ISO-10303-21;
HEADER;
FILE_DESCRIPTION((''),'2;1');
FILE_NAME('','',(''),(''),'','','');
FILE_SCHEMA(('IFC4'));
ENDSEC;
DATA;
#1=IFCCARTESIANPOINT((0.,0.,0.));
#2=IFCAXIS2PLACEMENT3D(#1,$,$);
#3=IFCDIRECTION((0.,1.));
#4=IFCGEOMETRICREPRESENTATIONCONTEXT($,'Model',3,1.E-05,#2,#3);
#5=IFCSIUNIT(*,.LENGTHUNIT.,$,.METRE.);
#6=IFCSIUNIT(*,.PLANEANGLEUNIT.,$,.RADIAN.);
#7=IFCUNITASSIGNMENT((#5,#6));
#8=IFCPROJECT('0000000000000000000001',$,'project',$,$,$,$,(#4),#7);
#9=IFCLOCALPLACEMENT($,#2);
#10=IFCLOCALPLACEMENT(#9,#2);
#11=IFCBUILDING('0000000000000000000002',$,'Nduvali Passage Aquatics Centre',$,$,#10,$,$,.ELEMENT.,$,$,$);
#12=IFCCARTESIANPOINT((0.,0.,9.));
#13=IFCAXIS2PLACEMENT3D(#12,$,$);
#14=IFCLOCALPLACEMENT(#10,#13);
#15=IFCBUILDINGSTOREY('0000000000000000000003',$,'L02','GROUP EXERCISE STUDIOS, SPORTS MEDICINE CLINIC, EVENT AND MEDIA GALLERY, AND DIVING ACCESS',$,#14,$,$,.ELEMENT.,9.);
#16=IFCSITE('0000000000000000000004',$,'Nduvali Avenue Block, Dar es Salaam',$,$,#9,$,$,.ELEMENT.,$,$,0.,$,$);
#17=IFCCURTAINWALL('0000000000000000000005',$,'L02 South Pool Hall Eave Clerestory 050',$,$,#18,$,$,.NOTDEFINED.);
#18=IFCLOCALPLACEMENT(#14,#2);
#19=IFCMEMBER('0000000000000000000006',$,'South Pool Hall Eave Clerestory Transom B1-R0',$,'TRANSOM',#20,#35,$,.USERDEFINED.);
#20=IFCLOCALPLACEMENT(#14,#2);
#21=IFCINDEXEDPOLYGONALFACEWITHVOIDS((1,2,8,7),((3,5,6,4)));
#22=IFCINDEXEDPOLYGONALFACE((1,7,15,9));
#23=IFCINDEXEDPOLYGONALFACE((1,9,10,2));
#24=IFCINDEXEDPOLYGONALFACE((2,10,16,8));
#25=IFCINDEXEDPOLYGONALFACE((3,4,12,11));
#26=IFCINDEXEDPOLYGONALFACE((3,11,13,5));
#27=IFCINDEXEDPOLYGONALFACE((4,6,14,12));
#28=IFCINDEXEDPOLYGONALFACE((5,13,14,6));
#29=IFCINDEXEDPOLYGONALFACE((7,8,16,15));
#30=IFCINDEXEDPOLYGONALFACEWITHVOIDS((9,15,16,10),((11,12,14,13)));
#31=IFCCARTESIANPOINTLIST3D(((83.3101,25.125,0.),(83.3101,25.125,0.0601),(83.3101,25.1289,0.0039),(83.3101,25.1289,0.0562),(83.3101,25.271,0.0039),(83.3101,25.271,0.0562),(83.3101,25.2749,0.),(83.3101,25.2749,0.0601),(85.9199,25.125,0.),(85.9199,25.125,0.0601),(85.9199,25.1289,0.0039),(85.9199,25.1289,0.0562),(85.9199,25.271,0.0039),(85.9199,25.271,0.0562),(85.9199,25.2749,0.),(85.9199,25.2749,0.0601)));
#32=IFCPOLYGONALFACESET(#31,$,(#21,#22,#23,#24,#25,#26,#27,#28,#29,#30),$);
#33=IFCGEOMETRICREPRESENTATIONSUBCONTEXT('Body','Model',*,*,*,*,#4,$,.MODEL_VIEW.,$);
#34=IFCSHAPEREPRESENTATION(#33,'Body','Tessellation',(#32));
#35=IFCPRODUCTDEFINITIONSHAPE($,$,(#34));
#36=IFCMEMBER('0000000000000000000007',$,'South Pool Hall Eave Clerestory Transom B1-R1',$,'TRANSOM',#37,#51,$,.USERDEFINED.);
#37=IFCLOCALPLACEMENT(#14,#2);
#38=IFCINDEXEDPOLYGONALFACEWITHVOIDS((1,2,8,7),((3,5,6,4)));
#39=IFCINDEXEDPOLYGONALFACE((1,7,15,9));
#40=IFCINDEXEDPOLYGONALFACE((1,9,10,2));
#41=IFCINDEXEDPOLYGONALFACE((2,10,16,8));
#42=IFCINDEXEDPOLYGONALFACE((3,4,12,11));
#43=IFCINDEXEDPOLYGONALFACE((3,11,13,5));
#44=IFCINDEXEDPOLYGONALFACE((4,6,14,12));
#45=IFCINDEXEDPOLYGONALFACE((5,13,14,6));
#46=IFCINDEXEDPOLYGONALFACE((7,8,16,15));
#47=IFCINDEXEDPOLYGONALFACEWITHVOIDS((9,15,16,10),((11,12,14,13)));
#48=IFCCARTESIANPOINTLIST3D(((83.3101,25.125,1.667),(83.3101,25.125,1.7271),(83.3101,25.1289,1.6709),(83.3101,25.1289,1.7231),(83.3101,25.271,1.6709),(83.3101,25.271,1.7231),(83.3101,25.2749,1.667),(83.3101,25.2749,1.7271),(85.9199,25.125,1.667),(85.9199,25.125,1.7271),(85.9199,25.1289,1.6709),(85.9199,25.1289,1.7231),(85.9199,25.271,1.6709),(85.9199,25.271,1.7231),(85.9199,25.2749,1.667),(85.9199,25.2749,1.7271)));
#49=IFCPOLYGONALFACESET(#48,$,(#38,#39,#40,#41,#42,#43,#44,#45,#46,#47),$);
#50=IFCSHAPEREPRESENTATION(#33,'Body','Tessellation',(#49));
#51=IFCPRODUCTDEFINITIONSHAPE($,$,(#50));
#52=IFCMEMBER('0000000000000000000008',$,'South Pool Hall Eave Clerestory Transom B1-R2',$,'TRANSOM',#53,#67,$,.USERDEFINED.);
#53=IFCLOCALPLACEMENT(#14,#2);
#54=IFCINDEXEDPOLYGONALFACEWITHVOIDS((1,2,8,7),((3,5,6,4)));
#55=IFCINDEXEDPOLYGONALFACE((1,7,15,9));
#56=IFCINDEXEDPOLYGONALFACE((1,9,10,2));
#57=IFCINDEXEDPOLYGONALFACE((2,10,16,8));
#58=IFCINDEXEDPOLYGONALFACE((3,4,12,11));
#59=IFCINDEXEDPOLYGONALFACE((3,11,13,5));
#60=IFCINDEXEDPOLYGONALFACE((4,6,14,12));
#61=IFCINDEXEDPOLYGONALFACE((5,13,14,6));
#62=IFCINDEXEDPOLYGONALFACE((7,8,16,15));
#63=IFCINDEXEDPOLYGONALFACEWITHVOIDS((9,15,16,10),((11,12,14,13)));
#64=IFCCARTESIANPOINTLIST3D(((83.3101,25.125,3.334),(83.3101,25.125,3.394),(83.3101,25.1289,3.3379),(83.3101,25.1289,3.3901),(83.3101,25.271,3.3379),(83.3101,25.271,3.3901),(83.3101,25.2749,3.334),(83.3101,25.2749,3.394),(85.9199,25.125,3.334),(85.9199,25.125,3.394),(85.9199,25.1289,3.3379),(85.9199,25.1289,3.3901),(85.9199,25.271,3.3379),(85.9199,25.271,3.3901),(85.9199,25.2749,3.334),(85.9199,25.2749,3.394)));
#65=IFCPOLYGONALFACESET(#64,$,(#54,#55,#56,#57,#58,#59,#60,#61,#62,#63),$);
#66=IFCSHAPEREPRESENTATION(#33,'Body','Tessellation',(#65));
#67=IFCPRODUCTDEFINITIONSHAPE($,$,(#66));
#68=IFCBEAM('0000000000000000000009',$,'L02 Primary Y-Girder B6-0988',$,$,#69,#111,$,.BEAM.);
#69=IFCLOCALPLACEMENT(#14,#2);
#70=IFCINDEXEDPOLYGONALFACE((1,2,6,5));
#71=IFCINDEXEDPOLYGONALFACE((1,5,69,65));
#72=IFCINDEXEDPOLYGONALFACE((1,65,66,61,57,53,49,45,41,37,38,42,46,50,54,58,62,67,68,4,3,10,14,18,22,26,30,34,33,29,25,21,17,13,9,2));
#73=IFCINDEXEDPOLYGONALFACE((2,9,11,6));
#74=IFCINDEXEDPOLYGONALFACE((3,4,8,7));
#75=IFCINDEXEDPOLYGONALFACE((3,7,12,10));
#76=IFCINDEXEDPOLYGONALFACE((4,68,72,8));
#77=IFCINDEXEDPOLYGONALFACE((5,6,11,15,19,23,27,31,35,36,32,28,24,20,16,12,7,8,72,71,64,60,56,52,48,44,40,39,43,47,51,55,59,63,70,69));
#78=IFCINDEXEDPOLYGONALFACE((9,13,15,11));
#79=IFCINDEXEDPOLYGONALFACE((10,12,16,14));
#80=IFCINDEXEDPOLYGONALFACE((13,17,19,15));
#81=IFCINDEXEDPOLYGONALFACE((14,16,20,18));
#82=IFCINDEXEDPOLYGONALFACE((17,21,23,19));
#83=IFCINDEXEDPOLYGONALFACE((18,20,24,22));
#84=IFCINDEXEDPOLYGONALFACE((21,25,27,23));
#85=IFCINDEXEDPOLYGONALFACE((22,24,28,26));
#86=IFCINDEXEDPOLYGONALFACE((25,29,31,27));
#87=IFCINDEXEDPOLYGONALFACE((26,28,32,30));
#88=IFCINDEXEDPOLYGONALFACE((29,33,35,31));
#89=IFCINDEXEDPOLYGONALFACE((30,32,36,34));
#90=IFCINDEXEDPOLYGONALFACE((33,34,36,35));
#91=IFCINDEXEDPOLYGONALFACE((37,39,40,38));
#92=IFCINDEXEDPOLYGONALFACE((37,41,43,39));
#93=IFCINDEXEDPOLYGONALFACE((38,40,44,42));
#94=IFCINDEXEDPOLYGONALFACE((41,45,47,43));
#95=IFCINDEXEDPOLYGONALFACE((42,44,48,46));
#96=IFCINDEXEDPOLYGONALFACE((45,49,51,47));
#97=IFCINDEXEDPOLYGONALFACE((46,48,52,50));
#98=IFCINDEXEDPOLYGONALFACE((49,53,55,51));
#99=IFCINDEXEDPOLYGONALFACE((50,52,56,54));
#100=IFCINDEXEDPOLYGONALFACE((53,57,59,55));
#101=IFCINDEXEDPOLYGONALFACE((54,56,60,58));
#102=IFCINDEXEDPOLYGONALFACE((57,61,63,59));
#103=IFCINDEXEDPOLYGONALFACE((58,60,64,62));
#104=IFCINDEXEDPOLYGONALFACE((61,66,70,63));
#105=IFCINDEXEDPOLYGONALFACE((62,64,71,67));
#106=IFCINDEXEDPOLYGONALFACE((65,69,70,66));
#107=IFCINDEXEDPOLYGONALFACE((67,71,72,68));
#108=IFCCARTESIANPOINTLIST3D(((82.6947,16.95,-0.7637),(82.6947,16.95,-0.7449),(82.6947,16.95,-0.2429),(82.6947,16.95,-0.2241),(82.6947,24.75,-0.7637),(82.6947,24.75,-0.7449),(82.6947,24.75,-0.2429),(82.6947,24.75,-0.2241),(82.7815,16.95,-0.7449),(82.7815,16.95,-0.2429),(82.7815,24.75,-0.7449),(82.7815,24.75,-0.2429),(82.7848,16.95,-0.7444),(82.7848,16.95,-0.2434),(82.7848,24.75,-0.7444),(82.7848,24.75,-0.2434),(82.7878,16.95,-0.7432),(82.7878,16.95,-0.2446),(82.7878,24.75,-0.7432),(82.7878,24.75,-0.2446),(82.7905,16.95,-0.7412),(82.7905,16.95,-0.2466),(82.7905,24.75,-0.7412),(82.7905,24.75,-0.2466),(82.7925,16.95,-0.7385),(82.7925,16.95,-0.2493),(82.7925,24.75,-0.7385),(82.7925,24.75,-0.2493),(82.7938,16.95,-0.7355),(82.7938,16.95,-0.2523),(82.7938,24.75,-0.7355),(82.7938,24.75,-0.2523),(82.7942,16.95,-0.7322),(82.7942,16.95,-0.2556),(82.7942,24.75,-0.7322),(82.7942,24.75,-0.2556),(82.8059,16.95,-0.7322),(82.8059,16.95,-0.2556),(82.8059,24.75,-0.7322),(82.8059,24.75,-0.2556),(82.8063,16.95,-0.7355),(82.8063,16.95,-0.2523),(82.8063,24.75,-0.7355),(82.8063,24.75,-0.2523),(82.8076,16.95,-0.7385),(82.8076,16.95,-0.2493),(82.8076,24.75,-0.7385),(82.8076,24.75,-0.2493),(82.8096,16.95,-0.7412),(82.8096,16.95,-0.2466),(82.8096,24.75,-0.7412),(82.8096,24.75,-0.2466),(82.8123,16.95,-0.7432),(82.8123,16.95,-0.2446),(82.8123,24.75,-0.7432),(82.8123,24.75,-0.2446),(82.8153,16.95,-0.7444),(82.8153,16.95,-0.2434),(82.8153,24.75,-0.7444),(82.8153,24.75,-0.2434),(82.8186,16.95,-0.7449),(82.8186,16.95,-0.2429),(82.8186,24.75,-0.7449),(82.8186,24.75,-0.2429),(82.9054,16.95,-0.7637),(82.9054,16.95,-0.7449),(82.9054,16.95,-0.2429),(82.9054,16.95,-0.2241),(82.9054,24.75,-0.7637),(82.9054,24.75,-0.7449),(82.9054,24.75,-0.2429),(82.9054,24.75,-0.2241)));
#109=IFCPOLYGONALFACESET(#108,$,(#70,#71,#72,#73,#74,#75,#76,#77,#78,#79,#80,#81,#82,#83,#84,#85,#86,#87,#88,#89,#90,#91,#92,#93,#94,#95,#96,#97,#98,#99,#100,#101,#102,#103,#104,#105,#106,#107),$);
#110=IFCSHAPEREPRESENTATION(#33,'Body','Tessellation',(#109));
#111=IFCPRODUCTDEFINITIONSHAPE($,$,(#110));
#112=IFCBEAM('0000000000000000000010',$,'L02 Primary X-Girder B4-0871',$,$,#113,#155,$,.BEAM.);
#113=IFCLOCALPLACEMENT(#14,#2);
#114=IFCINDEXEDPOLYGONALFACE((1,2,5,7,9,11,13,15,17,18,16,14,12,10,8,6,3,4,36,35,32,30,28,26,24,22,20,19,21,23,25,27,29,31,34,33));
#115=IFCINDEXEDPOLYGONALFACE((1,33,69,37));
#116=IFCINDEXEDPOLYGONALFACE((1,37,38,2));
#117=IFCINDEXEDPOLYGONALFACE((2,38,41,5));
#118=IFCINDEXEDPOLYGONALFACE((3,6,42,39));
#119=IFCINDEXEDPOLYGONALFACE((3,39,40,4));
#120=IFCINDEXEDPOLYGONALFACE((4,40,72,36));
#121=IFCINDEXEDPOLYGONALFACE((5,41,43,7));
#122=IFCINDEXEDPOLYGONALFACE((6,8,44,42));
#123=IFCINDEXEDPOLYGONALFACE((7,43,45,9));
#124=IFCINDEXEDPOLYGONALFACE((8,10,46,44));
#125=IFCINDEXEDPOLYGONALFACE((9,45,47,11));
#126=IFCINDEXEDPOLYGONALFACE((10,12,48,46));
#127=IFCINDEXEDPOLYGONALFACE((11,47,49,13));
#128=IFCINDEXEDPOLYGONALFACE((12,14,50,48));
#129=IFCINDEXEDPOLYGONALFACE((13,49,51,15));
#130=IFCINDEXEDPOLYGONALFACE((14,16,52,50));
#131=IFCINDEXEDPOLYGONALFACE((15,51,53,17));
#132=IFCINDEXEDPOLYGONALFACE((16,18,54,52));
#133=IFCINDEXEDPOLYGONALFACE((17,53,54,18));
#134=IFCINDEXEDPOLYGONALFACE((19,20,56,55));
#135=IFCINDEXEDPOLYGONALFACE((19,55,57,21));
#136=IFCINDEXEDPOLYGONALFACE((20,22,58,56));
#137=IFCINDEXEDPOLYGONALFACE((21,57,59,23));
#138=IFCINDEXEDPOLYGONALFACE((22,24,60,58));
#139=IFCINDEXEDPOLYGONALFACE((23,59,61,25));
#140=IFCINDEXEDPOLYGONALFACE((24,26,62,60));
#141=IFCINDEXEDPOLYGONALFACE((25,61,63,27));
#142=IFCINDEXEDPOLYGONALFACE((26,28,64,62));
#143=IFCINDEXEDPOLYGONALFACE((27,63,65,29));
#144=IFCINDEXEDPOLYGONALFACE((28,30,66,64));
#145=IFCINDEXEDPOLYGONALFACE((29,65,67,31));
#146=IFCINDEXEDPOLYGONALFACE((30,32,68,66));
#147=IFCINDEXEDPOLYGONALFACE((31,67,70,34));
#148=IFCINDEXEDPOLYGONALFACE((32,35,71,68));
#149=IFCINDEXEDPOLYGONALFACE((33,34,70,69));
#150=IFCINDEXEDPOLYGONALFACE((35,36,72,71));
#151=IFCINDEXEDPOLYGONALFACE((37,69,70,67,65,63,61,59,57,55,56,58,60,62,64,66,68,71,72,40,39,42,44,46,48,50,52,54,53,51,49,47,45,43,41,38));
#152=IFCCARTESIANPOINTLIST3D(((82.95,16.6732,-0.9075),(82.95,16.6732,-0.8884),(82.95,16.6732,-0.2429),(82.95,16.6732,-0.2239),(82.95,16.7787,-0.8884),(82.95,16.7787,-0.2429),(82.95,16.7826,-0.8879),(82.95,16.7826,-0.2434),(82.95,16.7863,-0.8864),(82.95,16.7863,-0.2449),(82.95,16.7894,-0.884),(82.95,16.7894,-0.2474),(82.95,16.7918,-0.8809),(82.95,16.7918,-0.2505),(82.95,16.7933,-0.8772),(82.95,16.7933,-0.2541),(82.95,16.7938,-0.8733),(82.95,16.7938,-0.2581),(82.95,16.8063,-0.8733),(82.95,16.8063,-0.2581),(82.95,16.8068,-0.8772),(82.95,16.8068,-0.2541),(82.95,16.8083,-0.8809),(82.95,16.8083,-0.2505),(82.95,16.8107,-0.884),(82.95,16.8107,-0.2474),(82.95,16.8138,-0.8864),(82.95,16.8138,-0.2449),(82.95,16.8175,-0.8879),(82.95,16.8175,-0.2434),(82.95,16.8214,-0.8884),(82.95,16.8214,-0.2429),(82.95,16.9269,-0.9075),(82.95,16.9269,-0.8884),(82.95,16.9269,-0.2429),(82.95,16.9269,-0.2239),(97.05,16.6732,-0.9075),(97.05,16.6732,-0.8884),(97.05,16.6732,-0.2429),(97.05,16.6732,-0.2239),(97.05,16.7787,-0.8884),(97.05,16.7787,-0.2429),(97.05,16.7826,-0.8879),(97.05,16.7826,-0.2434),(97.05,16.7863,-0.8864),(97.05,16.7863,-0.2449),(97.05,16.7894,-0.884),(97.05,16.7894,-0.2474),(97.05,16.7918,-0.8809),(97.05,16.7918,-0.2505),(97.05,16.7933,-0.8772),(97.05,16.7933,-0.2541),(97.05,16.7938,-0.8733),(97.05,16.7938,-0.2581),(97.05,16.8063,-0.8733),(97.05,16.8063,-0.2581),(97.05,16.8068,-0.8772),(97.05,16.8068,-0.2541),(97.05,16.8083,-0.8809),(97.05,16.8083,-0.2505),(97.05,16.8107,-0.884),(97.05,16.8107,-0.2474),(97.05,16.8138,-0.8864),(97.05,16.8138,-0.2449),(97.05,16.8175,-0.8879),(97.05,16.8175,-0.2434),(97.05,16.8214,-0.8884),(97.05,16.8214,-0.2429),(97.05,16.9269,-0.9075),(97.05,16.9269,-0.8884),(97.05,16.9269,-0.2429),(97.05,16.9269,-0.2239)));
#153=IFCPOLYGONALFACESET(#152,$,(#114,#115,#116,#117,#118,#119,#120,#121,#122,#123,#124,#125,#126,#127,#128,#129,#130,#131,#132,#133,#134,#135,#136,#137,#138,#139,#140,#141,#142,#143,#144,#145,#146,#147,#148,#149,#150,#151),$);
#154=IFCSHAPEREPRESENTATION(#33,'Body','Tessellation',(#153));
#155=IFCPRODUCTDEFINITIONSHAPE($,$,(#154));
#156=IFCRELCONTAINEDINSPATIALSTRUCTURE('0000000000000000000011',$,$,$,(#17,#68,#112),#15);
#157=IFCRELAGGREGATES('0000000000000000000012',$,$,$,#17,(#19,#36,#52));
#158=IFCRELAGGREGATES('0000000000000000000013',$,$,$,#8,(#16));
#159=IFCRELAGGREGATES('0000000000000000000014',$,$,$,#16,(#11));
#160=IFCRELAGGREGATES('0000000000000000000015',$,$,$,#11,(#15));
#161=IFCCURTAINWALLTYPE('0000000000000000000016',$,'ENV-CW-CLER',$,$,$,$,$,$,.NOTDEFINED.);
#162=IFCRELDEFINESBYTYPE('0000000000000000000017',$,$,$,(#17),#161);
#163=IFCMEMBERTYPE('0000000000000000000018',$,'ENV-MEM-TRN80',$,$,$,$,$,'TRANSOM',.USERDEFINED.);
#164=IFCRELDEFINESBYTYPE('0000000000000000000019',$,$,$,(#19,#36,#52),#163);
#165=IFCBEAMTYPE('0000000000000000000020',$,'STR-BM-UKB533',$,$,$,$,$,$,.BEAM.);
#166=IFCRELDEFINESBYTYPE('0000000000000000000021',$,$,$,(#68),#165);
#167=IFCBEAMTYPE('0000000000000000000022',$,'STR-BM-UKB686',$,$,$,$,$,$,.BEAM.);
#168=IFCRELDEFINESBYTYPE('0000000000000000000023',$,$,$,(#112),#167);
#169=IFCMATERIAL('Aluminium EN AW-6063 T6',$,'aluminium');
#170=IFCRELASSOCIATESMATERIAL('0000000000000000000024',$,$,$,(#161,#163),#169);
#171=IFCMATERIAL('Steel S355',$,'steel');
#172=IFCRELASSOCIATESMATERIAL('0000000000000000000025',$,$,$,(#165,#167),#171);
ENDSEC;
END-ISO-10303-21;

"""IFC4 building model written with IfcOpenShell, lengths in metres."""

from ifc_helpers import new_model, si_unit, direction, frame, origin, origin_2d, place, context, subcontext, project, spatial, hollow_rectangle, i_section, extrude, material, material_profile, profile_set, type_object, element, aggregate, save


model = new_model("IFC4")

# Units and contexts
model_context = context("Model", 3, precision=1e-05, world=origin(), true_north=direction((0.0, 1.0)))
body_context = subcontext(model_context, "Body", "Model", "MODEL_VIEW")
ifc_project = project(units=[si_unit("LENGTHUNIT", "METRE"), si_unit("PLANEANGLEUNIT", "RADIAN")], contexts=[model_context])

# Site, building, storey
site_placement = place(None, origin())
site = spatial("IfcSite", under=ifc_project, at=site_placement, Name="Nduvali Avenue Block, Dar es Salaam", CompositionType="ELEMENT", RefElevation=0.0)
building_placement = place(site_placement, origin())
building = spatial("IfcBuilding", under=site, at=building_placement, Name="Nduvali Passage Aquatics Centre", CompositionType="ELEMENT")
storey_placement = place(building_placement, frame((0.0, 0.0, 9.0)))
storey = spatial("IfcBuildingStorey", under=building, at=storey_placement, Name="L02", Description="GROUP EXERCISE STUDIOS, SPORTS MEDICINE CLINIC, EVENT AND MEDIA GALLERY, AND DIVING ACCESS", CompositionType="ELEMENT", Elevation=9.0)

# Shared definitions
ifc_material_1 = material(Name="Aluminium EN AW-6063 T6", Category="aluminium")
curtain_wall_type = type_object("IfcCurtainWallType", Name="ENV-CW-CLER", PredefinedType="NOTDEFINED", material=ifc_material_1)

# Curtain wall
curtain_wall_1_placement = place(storey_placement, origin())
curtain_wall_1 = element("IfcCurtainWall", 1, at=curtain_wall_1_placement, inside=storey, type_object=curtain_wall_type, Name="L02 South Pool Hall Eave Clerestory 050", PredefinedType="NOTDEFINED")

# Members
ifc_material_profile_1 = material_profile(ifc_material_1, hollow_rectangle(XDim=0.1499, YDim=0.0601, WallThickness=0.0039, at=origin_2d()), Name="ALU TRANSOM 150x60x4")
ifc_profile_set_1 = profile_set([ifc_material_profile_1], Name="Aluminium EN AW-6063 T6")
member_type_1 = type_object("IfcMemberType", Name="ENV-MEM-TRN80", ElementType="TRANSOM", PredefinedType="USERDEFINED", material=ifc_profile_set_1)
member_1_placement = place(storey_placement, frame((83.3101, 25.2, 0.03), z_axis=(1.0, 0.0, 0.0), x_axis=(0.0, 1.0, 0.0)))
member_1 = element("IfcMember", 2, at=member_1_placement, type_object=member_type_1, Name="South Pool Hall Eave Clerestory Transom B1-R0", ObjectType="TRANSOM", PredefinedType="USERDEFINED", context=body_context, shape_type="SweptSolid", body=[
    extrude(hollow_rectangle(XDim=0.1499, YDim=0.0601, WallThickness=0.0039, at=origin_2d()), origin(), (0.0, 0.0, 1.0), 2.6099),
])
member_2_placement = place(storey_placement, frame((83.3101, 25.2, 1.697), z_axis=(1.0, 0.0, 0.0), x_axis=(0.0, 1.0, 0.0)))
member_2 = element("IfcMember", 3, at=member_2_placement, type_object=member_type_1, Name="South Pool Hall Eave Clerestory Transom B1-R1", ObjectType="TRANSOM", PredefinedType="USERDEFINED", context=body_context, shape_type="SweptSolid", body=[
    extrude(hollow_rectangle(XDim=0.1499, YDim=0.0601, WallThickness=0.0039, at=origin_2d()), origin(), (0.0, 0.0, 1.0), 2.6099),
])
member_3_placement = place(storey_placement, frame((83.3101, 25.2, 3.364), z_axis=(1.0, 0.0, 0.0), x_axis=(0.0, 1.0, 0.0)))
member_3 = element("IfcMember", 4, at=member_3_placement, type_object=member_type_1, Name="South Pool Hall Eave Clerestory Transom B1-R2", ObjectType="TRANSOM", PredefinedType="USERDEFINED", context=body_context, shape_type="SweptSolid", body=[
    extrude(hollow_rectangle(XDim=0.1499, YDim=0.0601, WallThickness=0.0039, at=origin_2d()), origin(), (0.0, 0.0, 1.0), 2.6099),
])

# Beams
ifc_material_2 = material(Name="Steel S355", Category="steel")
ifc_material_profile_2 = material_profile(ifc_material_2, i_section(OverallWidth=0.2107, OverallDepth=0.5396, WebThickness=0.0117, FlangeThickness=0.0188, FilletRadius=0.0127, at=origin_2d()), Name="UKB 533x210x109")
ifc_profile_set_2 = profile_set([ifc_material_profile_2], Name="Steel S355")
beam_type_1 = type_object("IfcBeamType", Name="STR-BM-UKB533", PredefinedType="BEAM", material=ifc_profile_set_2)
beam_1_placement = place(storey_placement, frame((82.8, 16.95, -0.4939), z_axis=(0.0, 1.0, 0.0), x_axis=(-1.0, 0.0, 0.0)))
element("IfcBeam", 5, at=beam_1_placement, inside=storey, type_object=beam_type_1, Name="L02 Primary Y-Girder B6-0988", PredefinedType="BEAM", context=body_context, shape_type="SweptSolid", body=[
    extrude(i_section(OverallWidth=0.2107, OverallDepth=0.5396, WebThickness=0.0117, FlangeThickness=0.0188, FilletRadius=0.0127, at=origin_2d()), origin(), (0.0, 0.0, 1.0), 7.8),
])
ifc_material_profile_3 = material_profile(ifc_material_2, i_section(OverallWidth=0.2537, OverallDepth=0.6836, WebThickness=0.0125, FlangeThickness=0.019, FilletRadius=0.0151, at=origin_2d()), Name="UKB 686x254x140")
ifc_profile_set_3 = profile_set([ifc_material_profile_3], Name="Steel S355")
beam_type_2 = type_object("IfcBeamType", Name="STR-BM-UKB686", PredefinedType="BEAM", material=ifc_profile_set_3)
beam_2_placement = place(storey_placement, frame((82.95, 16.8, -0.5657), z_axis=(1.0, 0.0, 0.0), x_axis=(0.0, 1.0, 0.0)))
element("IfcBeam", 6, at=beam_2_placement, inside=storey, type_object=beam_type_2, Name="L02 Primary X-Girder B4-0871", PredefinedType="BEAM", context=body_context, shape_type="SweptSolid", body=[
    extrude(i_section(OverallWidth=0.2537, OverallDepth=0.6836, WebThickness=0.0125, FlangeThickness=0.019, FilletRadius=0.0151, at=origin_2d()), origin(), (0.0, 0.0, 1.0), 14.1001),
])

aggregate(curtain_wall_1, [member_1, member_2, member_3])

save(model, "model.ifc")
